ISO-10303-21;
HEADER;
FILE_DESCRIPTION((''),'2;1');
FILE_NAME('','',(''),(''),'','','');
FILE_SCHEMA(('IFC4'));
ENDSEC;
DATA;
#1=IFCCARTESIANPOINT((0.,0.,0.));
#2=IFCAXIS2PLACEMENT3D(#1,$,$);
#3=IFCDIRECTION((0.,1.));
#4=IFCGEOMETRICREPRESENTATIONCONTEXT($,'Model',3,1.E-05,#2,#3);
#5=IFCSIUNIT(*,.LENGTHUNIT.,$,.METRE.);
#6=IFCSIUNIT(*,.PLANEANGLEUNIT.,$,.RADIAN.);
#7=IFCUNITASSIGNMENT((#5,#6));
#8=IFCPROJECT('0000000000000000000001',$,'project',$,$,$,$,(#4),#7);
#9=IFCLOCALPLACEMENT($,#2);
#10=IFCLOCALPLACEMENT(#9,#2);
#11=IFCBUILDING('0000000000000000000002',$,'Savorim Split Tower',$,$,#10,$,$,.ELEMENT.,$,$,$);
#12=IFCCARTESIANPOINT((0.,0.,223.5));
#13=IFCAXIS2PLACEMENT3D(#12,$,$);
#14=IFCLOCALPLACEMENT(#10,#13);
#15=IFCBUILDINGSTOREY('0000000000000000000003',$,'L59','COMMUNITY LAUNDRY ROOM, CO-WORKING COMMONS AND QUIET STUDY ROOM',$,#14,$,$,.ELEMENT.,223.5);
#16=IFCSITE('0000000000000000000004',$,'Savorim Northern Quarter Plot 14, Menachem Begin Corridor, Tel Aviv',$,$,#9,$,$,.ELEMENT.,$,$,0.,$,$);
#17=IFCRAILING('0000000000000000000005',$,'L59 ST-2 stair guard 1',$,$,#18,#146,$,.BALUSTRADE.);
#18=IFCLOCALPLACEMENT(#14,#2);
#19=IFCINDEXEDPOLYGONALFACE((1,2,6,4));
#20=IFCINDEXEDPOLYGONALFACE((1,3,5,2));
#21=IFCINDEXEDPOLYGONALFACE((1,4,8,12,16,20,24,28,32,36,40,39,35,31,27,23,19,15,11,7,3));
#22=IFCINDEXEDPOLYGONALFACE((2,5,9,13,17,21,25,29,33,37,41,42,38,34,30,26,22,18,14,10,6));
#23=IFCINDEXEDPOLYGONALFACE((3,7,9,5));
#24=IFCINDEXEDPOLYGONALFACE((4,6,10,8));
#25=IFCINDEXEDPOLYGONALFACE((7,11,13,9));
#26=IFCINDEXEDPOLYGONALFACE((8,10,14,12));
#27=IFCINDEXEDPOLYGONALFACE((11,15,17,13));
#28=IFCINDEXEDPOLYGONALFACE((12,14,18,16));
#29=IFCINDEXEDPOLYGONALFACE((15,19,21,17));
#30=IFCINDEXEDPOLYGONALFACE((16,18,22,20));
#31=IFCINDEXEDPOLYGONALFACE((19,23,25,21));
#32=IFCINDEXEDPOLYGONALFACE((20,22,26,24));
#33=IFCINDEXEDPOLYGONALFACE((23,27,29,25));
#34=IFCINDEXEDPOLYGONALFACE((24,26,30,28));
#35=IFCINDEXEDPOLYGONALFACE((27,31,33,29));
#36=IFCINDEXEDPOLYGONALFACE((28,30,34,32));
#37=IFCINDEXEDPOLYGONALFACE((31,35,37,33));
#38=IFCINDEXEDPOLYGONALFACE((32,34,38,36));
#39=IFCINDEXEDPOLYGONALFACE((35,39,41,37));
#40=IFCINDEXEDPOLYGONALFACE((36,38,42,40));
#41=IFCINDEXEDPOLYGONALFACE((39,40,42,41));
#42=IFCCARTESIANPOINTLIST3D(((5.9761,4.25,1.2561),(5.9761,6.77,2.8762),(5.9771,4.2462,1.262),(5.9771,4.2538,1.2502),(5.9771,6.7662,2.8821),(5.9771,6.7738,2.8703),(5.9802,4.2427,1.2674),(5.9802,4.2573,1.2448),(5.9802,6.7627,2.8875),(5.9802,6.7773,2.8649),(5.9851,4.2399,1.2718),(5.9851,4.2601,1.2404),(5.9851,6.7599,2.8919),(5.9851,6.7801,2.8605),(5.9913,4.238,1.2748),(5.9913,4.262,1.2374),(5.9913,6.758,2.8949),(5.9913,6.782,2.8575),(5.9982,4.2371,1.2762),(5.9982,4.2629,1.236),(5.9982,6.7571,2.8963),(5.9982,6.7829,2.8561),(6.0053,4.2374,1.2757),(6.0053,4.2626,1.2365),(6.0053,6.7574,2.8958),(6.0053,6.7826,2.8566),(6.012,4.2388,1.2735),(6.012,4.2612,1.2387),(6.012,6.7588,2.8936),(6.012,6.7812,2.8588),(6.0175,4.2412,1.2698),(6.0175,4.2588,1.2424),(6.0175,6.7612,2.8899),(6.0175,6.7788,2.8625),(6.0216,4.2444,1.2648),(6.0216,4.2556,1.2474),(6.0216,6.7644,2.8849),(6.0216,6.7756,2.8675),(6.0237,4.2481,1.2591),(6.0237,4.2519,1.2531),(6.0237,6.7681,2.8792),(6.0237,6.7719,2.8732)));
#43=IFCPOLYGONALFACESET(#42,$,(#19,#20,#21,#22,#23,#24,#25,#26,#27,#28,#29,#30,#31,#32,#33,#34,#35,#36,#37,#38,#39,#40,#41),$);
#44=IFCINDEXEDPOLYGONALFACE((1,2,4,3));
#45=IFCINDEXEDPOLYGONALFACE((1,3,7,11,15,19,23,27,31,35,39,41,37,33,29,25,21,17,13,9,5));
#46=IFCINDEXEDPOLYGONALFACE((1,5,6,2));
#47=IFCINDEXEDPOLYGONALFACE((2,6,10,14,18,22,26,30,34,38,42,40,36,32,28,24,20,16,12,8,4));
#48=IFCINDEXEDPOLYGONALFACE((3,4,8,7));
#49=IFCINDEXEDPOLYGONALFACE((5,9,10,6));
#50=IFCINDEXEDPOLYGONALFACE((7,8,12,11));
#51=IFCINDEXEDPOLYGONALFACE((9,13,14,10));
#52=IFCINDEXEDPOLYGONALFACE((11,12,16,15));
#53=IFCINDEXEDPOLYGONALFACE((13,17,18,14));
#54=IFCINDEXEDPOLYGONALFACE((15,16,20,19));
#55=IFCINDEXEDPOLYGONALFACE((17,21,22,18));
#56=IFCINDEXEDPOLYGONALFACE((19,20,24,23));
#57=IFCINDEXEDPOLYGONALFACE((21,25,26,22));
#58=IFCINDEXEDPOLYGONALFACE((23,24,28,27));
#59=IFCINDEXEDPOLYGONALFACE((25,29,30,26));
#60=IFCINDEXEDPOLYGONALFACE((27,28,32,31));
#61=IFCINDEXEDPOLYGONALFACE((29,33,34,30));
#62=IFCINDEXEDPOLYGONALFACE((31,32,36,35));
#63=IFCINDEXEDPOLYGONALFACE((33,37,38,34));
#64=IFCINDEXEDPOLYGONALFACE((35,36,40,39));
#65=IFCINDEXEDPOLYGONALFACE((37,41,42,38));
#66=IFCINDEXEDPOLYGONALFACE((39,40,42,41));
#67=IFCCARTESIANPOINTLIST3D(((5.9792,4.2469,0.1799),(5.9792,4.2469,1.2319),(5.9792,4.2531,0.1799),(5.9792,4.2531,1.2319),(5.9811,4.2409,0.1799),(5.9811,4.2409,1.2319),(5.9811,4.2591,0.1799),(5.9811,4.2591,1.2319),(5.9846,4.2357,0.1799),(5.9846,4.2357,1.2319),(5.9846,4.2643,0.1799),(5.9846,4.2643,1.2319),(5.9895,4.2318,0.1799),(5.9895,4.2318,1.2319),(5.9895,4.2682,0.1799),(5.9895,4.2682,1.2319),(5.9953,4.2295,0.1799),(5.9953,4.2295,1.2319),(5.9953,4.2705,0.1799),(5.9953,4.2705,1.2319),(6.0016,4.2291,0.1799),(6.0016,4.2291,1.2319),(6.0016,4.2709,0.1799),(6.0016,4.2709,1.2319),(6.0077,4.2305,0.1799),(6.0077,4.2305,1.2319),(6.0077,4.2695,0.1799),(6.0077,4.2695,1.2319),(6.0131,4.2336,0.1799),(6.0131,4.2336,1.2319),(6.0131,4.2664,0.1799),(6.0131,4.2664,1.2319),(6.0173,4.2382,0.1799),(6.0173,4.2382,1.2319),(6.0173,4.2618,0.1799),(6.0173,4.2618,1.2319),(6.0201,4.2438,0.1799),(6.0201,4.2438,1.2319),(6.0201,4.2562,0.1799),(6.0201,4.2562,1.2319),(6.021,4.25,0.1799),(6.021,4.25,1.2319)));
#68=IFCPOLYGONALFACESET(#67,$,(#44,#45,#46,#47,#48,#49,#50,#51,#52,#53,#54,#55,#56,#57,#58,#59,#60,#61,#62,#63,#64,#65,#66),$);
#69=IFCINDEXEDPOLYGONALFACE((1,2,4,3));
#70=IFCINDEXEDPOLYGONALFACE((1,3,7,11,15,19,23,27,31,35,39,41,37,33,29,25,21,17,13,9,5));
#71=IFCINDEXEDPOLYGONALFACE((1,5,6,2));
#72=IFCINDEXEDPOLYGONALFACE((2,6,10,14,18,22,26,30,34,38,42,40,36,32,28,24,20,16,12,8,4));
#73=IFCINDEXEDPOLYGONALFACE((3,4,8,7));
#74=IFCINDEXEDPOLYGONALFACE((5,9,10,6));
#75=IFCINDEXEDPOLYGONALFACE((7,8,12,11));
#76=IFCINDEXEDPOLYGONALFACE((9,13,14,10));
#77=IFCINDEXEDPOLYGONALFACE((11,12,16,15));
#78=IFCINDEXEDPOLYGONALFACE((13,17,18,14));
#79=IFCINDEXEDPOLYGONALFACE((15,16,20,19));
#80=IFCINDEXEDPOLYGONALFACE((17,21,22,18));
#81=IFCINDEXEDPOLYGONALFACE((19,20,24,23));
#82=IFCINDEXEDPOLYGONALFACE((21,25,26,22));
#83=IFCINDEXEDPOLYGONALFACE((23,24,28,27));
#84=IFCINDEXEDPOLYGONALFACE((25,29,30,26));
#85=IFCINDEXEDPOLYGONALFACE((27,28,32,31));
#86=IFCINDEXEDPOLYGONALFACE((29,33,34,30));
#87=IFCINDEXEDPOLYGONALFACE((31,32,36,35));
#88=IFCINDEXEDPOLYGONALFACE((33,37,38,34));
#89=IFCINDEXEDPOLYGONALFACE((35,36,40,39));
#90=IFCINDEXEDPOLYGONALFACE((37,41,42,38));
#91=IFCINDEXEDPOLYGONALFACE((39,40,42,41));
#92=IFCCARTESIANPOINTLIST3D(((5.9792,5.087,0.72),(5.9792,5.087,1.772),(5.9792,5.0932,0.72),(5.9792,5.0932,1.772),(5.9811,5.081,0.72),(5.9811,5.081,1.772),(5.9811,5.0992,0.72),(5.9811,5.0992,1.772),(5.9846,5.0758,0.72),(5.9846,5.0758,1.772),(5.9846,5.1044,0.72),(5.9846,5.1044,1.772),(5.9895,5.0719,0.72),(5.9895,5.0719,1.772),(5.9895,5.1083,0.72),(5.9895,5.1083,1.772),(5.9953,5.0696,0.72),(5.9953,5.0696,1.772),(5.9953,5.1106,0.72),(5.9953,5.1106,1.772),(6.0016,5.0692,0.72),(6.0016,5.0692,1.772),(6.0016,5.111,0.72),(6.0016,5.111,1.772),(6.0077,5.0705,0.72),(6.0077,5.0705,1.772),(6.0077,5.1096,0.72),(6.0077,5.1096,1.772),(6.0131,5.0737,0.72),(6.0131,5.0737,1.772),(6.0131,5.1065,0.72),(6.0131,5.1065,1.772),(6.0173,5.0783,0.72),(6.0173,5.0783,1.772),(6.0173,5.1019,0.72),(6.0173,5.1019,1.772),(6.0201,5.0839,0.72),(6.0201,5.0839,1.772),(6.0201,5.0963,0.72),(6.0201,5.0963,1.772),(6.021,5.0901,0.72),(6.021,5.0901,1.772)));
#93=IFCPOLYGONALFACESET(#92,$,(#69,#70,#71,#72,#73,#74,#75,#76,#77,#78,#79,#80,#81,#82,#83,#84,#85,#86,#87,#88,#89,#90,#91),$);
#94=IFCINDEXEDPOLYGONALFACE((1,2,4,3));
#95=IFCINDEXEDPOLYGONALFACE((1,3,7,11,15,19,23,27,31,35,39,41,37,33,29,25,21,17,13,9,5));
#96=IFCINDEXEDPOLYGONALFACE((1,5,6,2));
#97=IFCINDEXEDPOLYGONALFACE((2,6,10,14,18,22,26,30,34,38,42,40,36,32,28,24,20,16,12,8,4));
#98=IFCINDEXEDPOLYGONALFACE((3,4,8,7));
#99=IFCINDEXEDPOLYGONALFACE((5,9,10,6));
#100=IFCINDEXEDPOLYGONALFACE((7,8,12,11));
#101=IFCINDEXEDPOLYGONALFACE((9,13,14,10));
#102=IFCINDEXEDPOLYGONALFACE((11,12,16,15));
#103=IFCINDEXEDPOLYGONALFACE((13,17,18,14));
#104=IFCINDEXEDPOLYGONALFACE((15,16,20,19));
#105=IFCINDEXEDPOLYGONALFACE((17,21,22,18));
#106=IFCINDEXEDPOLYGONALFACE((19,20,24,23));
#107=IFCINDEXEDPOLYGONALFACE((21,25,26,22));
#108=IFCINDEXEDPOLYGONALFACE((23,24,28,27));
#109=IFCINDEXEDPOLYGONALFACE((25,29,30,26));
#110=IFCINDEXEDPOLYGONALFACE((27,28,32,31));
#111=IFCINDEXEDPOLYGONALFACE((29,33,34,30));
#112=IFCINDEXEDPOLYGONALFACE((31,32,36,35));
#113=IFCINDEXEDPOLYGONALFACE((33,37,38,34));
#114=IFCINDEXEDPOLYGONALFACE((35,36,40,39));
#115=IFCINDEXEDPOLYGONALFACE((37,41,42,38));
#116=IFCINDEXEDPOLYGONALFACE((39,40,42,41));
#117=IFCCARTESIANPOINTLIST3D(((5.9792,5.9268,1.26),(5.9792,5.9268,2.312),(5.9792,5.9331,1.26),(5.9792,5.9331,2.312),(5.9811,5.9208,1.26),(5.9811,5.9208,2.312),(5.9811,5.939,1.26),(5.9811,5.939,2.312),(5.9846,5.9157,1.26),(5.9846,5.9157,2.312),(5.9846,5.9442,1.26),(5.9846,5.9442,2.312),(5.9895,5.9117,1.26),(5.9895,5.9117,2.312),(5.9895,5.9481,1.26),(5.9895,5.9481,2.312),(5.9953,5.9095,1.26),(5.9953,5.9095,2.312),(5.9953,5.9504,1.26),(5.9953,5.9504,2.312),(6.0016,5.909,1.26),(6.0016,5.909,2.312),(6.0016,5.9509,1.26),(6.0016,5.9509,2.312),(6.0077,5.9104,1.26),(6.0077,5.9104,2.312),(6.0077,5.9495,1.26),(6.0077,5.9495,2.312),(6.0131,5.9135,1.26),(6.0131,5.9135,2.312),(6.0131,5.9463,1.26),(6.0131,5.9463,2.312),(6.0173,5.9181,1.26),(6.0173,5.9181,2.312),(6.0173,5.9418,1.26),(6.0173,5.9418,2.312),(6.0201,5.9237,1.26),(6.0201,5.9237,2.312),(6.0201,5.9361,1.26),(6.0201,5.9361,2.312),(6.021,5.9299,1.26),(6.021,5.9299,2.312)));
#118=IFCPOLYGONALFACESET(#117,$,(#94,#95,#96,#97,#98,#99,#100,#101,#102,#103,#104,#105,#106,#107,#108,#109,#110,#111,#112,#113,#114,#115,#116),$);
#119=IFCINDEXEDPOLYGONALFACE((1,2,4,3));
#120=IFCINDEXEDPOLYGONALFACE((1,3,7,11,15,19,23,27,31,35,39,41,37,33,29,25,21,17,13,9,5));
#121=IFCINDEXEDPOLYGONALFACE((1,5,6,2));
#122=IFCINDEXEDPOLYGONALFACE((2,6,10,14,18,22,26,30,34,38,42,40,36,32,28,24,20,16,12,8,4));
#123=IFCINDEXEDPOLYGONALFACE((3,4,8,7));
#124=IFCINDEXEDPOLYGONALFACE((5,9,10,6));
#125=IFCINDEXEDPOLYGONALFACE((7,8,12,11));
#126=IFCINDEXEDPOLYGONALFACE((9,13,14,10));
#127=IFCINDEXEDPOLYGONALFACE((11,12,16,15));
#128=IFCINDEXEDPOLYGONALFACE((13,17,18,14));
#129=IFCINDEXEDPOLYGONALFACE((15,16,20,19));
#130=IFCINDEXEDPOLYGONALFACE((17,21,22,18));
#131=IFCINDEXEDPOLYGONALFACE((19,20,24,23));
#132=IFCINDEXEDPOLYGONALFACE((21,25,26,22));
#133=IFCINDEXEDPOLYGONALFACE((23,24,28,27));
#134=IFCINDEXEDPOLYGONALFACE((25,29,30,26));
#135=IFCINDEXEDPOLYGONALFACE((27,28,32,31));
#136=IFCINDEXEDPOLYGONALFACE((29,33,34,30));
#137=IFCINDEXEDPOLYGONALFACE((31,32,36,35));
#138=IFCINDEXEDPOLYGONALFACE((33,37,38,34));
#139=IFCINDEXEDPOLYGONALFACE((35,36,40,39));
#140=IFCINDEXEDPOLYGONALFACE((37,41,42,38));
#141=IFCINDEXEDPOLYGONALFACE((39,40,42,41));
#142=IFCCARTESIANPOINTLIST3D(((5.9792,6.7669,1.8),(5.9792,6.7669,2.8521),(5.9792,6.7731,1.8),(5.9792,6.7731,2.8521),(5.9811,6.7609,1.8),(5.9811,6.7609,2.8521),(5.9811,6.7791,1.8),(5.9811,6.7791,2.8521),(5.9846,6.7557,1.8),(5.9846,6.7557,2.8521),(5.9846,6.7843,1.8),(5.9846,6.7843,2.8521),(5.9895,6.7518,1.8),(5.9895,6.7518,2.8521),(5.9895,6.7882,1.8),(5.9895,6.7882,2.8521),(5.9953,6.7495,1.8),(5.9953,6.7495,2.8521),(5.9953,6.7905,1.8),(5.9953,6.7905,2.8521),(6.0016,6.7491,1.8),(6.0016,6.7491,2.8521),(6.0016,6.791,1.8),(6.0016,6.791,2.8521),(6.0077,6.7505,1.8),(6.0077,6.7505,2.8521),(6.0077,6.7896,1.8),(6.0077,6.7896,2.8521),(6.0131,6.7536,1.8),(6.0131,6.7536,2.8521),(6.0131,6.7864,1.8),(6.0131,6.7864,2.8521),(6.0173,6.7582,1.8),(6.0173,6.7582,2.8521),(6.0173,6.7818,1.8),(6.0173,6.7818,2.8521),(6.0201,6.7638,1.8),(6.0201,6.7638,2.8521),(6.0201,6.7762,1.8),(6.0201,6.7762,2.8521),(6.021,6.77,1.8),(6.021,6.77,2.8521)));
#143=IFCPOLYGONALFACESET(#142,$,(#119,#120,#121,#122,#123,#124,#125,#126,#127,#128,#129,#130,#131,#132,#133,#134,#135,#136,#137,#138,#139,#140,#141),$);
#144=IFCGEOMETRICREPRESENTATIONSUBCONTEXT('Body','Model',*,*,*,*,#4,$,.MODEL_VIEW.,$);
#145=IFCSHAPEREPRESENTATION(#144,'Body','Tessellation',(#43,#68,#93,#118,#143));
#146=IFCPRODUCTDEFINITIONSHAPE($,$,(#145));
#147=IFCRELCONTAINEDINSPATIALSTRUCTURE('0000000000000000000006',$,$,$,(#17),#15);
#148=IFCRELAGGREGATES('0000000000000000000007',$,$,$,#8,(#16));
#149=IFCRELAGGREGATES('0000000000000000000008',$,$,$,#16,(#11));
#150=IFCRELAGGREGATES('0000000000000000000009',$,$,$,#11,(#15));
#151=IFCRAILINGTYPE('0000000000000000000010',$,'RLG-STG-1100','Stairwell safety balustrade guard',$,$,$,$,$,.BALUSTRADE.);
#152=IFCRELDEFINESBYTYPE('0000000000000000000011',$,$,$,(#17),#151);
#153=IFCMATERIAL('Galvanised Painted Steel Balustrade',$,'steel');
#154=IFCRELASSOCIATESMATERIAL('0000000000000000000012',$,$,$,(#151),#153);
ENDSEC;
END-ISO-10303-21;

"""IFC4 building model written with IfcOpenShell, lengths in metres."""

from ifc_helpers import new_model, si_unit, direction, frame, origin, origin_2d, place, context, subcontext, project, spatial, circle, extrude, material, type_object, element, save


model = new_model("IFC4")

# Units and contexts
model_context = context("Model", 3, precision=1e-05, world=origin(), true_north=direction((0.0, 1.0)))
body_context = subcontext(model_context, "Body", "Model", "MODEL_VIEW")
ifc_project = project(units=[si_unit("LENGTHUNIT", "METRE"), si_unit("PLANEANGLEUNIT", "RADIAN")], contexts=[model_context])

# Site, building, storey
site_placement = place(None, origin())
site = spatial("IfcSite", under=ifc_project, at=site_placement, Name="Savorim Northern Quarter Plot 14, Menachem Begin Corridor, Tel Aviv", CompositionType="ELEMENT", RefElevation=0.0)
building_placement = place(site_placement, origin())
building = spatial("IfcBuilding", under=site, at=building_placement, Name="Savorim Split Tower", CompositionType="ELEMENT")
storey_placement = place(building_placement, frame((0.0, 0.0, 223.5)))
storey = spatial("IfcBuildingStorey", under=building, at=storey_placement, Name="L59", Description="COMMUNITY LAUNDRY ROOM, CO-WORKING COMMONS AND QUIET STUDY ROOM", CompositionType="ELEMENT", Elevation=223.5)

# Railing
ifc_material_1 = material(Name="Galvanised Painted Steel Balustrade", Category="steel")
railing_type_1 = type_object("IfcRailingType", Name="RLG-STG-1100", Description="Stairwell safety balustrade guard", PredefinedType="BALUSTRADE", material=ifc_material_1)
railing_1_placement = place(storey_placement, frame((6.0, 4.25, 0.1799)))
element("IfcRailing", 1, at=railing_1_placement, inside=storey, type_object=railing_type_1, Name="L59 ST-2 stair guard 1", PredefinedType="BALUSTRADE", context=body_context, shape_type="SweptSolid", body=[
    extrude(circle(Radius=0.0239, at=origin_2d()), frame((0.0, 0.0, 1.0762), z_axis=(0.0, 0.841163, 0.540782), x_axis=(-1.0, 0.0, 0.0)), (0.0, 0.0, 1.0), 2.9958),
    extrude(circle(Radius=0.021, at=origin_2d()), origin(), (0.0, 0.0, 1.0), 1.052),
    extrude(circle(Radius=0.021, at=origin_2d()), frame((0.0, 0.8401, 0.54)), (0.0, 0.0, 1.0), 1.052),
    extrude(circle(Radius=0.021, at=origin_2d()), frame((0.0, 1.6799, 1.0801)), (0.0, 0.0, 1.0), 1.052),
    extrude(circle(Radius=0.021, at=origin_2d()), frame((0.0, 2.52, 1.6201)), (0.0, 0.0, 1.0), 1.052),
])

save(model, "model.ifc")
